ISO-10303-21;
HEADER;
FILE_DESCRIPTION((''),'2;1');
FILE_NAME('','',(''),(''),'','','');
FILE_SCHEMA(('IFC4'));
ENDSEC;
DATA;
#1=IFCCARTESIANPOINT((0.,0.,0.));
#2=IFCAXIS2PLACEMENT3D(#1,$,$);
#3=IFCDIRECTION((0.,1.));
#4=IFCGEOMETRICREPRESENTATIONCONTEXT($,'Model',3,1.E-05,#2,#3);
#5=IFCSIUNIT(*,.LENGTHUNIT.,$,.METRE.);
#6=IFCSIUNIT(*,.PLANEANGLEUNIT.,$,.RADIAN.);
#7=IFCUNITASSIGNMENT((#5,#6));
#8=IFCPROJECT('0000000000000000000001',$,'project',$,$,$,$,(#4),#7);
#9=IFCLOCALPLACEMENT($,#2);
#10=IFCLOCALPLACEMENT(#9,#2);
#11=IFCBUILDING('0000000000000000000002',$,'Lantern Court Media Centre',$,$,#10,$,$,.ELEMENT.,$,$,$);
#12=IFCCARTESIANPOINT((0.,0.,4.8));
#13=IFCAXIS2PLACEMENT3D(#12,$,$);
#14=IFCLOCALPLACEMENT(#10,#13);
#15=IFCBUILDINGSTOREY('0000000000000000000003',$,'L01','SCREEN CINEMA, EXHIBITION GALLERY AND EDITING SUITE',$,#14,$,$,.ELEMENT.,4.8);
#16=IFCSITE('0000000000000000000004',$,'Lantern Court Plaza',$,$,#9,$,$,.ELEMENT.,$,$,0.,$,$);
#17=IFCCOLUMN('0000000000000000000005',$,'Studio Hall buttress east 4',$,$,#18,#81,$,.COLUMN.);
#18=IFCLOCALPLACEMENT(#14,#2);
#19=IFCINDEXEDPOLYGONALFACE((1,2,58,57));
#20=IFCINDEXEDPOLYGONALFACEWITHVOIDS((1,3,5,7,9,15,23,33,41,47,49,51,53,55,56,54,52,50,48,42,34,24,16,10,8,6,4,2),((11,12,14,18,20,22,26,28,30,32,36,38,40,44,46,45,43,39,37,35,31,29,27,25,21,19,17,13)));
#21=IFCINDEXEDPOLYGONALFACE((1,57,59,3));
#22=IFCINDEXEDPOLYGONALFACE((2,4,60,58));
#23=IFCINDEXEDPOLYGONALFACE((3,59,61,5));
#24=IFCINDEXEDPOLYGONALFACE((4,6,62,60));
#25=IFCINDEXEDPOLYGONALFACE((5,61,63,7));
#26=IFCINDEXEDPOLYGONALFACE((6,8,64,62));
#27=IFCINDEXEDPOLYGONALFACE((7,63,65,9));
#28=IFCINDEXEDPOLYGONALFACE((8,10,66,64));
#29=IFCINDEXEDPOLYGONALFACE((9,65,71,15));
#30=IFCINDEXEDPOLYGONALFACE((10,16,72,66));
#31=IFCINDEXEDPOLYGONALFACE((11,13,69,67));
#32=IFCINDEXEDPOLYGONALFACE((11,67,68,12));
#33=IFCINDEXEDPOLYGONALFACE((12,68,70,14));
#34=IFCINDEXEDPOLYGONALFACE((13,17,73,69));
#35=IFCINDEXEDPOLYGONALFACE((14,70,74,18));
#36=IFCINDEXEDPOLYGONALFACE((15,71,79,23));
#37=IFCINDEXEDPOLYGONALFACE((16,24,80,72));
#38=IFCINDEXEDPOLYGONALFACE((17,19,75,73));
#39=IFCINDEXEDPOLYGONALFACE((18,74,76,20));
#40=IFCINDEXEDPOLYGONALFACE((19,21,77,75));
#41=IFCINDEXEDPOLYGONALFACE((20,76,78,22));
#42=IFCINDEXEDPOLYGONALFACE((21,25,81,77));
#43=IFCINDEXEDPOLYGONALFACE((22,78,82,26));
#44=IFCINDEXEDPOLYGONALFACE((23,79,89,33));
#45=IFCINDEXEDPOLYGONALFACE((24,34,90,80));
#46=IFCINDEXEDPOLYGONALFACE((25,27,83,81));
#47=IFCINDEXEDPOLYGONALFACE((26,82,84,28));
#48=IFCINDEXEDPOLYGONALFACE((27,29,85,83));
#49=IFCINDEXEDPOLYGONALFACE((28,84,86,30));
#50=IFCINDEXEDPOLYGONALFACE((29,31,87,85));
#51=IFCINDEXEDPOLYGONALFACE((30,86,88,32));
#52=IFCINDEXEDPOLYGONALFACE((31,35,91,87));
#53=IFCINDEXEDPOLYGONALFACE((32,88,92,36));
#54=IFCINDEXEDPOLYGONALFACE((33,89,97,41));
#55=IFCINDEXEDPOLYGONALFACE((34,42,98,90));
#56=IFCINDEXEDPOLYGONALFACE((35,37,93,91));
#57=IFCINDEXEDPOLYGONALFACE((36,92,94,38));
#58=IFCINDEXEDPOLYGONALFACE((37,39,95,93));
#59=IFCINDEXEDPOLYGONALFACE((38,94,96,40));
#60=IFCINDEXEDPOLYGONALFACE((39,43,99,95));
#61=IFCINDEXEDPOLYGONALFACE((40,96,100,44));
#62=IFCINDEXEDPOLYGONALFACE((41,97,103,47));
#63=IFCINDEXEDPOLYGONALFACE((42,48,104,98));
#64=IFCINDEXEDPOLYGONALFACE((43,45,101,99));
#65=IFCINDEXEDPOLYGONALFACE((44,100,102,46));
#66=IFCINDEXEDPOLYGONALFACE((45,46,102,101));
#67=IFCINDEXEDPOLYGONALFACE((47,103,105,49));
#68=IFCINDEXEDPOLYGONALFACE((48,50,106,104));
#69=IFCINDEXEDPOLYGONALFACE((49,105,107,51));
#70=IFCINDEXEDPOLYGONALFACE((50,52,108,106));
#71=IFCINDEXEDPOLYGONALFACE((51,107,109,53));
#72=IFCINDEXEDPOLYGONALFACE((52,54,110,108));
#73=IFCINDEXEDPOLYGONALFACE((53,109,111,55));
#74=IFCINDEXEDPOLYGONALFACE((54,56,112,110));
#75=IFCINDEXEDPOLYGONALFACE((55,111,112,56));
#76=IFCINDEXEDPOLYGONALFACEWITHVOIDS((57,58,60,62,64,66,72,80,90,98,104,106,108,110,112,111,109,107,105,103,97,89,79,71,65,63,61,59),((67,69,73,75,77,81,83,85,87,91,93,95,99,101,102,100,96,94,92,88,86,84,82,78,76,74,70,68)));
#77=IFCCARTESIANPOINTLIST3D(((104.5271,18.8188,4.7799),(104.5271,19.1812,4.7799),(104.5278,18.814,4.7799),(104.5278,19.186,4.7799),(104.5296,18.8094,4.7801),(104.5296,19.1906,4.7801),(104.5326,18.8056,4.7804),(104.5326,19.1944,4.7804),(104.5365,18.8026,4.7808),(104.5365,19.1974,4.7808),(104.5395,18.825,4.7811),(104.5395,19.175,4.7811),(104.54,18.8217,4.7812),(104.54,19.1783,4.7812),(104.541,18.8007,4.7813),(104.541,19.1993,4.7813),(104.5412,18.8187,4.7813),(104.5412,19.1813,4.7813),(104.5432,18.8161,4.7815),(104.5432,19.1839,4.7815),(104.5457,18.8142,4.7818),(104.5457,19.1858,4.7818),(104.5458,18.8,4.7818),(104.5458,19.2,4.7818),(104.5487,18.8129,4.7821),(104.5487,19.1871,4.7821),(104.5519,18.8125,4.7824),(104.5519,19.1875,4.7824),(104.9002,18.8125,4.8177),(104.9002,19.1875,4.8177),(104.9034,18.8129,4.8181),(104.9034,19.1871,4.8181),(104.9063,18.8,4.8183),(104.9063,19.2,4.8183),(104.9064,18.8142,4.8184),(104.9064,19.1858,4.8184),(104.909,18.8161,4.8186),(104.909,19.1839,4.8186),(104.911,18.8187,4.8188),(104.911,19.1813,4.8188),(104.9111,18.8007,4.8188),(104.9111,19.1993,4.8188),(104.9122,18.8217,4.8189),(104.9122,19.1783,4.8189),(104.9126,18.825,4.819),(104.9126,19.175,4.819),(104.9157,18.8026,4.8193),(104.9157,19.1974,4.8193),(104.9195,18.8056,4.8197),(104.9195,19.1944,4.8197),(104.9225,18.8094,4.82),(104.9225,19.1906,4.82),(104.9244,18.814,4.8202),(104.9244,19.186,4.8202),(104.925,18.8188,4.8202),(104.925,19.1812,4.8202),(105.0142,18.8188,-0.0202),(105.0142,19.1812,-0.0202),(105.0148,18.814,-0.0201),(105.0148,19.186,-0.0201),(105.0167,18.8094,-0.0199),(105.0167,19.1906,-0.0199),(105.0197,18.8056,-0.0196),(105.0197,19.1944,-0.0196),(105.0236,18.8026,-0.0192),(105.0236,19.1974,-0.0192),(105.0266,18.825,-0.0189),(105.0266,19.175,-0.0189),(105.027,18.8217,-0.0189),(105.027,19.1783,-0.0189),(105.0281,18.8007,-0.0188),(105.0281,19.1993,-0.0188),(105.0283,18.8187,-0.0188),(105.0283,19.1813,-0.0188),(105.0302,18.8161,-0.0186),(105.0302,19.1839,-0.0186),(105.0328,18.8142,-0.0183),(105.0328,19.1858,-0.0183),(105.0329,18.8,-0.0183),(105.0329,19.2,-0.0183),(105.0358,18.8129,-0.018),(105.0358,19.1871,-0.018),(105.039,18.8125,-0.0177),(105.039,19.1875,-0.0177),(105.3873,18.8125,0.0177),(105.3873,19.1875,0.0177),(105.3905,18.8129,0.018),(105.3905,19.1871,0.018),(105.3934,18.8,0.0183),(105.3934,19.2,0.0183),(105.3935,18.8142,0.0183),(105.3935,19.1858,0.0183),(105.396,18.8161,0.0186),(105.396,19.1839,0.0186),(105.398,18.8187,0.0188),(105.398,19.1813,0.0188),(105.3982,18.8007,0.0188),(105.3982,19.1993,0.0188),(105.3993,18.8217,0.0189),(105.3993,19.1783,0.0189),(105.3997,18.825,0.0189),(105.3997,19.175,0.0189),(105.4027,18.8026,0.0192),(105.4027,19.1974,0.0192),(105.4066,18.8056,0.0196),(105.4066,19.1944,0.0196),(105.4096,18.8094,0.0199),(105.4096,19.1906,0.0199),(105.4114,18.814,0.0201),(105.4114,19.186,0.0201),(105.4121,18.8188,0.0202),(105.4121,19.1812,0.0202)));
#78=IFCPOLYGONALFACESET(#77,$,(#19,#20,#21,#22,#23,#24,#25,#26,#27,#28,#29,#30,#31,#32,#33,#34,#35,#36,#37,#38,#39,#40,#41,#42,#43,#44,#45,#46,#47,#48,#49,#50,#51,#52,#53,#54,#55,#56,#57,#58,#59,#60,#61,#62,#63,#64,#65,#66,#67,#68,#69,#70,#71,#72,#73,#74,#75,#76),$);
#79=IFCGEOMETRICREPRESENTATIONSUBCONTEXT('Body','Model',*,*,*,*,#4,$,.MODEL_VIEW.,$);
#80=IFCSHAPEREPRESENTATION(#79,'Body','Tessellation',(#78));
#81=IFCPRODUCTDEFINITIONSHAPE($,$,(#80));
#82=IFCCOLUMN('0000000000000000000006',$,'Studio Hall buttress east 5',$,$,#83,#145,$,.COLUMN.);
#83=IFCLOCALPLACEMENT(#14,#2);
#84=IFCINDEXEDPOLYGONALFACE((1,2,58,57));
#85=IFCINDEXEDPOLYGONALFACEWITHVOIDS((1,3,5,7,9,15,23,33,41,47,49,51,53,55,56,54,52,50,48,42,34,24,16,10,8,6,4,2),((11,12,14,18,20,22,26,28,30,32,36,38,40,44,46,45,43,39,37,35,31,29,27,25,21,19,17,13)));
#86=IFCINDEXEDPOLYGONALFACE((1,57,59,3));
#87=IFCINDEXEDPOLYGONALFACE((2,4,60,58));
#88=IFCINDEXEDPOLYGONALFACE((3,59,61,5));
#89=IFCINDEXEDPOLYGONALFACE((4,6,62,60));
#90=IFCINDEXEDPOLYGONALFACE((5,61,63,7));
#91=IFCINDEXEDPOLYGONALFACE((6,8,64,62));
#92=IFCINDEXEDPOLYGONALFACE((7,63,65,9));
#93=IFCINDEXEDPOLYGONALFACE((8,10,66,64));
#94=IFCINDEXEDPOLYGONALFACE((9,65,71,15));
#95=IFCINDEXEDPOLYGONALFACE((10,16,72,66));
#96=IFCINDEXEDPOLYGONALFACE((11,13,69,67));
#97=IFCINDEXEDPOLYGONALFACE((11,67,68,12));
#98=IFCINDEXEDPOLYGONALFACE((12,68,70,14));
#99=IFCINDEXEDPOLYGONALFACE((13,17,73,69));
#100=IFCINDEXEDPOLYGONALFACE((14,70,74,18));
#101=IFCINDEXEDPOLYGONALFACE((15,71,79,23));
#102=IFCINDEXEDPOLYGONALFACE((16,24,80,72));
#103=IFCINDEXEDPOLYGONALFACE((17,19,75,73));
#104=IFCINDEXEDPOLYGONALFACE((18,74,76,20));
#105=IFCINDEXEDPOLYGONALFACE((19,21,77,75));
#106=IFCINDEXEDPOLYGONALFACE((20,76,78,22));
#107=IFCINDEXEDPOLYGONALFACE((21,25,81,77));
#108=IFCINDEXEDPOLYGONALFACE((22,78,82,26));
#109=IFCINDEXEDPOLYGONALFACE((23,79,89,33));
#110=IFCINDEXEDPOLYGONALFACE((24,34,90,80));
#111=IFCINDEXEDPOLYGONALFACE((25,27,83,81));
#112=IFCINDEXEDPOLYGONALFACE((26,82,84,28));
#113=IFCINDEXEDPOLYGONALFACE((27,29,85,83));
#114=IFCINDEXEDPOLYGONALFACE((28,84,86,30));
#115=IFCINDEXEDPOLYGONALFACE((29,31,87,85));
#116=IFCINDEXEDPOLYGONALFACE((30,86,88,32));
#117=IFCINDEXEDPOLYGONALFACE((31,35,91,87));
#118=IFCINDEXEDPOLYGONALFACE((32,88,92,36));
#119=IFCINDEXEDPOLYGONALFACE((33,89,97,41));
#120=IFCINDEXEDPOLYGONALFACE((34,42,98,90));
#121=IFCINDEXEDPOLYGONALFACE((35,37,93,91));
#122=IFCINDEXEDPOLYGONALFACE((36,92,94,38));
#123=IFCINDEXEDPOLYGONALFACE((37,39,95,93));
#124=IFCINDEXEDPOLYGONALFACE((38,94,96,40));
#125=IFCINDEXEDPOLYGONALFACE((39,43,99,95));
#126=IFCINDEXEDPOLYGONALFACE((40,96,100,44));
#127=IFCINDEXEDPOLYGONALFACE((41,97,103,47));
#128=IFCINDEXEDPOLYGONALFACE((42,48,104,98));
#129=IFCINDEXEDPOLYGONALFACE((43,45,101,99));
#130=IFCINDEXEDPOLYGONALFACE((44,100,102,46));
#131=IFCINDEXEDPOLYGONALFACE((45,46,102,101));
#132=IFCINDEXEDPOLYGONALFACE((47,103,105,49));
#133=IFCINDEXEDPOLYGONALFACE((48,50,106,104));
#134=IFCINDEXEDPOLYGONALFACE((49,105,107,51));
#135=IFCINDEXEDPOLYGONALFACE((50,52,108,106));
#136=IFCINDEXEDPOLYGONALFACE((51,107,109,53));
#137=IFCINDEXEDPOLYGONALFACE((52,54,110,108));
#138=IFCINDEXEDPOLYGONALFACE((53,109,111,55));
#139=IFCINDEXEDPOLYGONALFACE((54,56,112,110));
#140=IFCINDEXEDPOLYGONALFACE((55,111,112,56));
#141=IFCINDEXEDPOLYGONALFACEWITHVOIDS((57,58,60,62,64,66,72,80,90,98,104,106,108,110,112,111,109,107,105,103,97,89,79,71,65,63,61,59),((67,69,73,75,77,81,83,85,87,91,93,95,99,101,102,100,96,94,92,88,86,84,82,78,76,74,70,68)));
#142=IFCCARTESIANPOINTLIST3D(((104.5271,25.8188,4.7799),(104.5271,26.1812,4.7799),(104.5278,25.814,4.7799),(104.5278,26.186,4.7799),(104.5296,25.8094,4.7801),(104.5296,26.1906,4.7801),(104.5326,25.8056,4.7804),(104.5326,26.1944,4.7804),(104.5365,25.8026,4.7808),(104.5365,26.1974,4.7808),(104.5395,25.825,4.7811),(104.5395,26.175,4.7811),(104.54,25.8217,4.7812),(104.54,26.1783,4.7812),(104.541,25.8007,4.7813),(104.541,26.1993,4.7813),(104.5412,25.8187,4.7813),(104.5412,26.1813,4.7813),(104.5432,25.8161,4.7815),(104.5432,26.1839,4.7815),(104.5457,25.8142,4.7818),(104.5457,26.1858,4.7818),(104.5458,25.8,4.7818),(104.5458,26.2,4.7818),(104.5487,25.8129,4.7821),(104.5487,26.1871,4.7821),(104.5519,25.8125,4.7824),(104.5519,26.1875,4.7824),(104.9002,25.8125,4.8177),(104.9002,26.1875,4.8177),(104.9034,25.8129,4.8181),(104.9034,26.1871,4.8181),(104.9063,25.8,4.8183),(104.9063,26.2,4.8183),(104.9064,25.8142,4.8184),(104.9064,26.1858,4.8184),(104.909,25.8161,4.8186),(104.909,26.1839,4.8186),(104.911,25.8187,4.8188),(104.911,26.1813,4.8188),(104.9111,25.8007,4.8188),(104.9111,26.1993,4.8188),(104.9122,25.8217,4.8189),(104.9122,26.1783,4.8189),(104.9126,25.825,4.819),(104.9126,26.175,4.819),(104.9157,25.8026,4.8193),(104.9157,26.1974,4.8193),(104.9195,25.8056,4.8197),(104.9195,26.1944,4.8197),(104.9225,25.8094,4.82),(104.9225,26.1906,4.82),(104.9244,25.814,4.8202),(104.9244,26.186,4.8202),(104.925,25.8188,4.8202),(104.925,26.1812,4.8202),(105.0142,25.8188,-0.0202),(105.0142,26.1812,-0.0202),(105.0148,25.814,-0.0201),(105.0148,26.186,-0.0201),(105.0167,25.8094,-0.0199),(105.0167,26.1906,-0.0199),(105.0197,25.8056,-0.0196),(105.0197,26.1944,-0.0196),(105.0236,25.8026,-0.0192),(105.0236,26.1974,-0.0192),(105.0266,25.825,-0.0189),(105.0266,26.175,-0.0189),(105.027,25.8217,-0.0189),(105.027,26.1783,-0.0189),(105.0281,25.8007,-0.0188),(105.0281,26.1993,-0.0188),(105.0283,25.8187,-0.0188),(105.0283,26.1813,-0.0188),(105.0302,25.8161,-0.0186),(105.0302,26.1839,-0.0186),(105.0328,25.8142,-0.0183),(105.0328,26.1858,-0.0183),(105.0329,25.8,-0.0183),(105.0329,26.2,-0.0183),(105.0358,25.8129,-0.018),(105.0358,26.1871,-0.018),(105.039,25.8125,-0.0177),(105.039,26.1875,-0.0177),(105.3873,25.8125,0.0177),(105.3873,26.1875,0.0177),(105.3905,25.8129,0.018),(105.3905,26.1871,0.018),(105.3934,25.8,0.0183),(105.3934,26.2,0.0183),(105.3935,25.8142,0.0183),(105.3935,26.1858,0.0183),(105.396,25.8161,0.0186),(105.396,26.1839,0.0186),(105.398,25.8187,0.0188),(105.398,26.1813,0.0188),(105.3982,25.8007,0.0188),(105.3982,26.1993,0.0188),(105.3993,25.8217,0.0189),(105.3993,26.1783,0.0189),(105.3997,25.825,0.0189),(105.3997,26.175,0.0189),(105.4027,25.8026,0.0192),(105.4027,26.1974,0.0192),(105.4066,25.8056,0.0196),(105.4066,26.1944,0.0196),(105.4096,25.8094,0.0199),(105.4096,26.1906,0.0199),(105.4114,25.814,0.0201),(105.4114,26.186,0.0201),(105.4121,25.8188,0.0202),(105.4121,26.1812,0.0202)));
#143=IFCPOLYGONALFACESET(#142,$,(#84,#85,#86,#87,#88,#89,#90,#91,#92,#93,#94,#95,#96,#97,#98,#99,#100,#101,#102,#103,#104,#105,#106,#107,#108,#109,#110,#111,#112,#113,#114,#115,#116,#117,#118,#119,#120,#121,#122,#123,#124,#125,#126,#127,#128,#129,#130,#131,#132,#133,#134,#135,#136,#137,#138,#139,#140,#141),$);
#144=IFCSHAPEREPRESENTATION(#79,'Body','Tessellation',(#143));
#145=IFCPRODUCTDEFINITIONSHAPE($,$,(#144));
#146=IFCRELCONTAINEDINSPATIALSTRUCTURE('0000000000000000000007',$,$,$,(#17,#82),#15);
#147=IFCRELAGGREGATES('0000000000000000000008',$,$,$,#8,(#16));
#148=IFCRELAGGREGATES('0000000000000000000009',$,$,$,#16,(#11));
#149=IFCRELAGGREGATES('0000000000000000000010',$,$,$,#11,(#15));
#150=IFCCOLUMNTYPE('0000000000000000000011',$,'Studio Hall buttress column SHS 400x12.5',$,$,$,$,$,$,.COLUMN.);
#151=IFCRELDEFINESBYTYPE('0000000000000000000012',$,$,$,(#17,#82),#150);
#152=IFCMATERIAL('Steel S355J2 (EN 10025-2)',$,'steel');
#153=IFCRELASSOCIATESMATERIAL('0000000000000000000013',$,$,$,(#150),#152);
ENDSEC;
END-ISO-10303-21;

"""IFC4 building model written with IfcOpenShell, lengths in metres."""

from ifc_helpers import new_model, si_unit, direction, frame, origin, origin_2d, place, context, subcontext, project, spatial, hollow_rectangle, extrude, material, material_profile, profile_set, type_object, element, save


model = new_model("IFC4")

# Units and contexts
model_context = context("Model", 3, precision=1e-05, world=origin(), true_north=direction((0.0, 1.0)))
body_context = subcontext(model_context, "Body", "Model", "MODEL_VIEW")
ifc_project = project(units=[si_unit("LENGTHUNIT", "METRE"), si_unit("PLANEANGLEUNIT", "RADIAN")], contexts=[model_context])

# Site, building, storey
site_placement = place(None, origin())
site = spatial("IfcSite", under=ifc_project, at=site_placement, Name="Lantern Court Plaza", CompositionType="ELEMENT", RefElevation=0.0)
building_placement = place(site_placement, origin())
building = spatial("IfcBuilding", under=site, at=building_placement, Name="Lantern Court Media Centre", CompositionType="ELEMENT")
storey_placement = place(building_placement, frame((0.0, 0.0, 4.8)))
storey = spatial("IfcBuildingStorey", under=building, at=storey_placement, Name="L01", Description="SCREEN CINEMA, EXHIBITION GALLERY AND EDITING SUITE", CompositionType="ELEMENT", Elevation=4.8)

# Columns
ifc_material_1 = material(Name="Steel S355J2 (EN 10025-2)", Category="steel")
ifc_material_profile_1 = material_profile(ifc_material_1, hollow_rectangle(XDim=0.3999, YDim=0.3999, WallThickness=0.0125, InnerFilletRadius=0.0125, OuterFilletRadius=0.0188, at=origin_2d()), Name="Studio Hall buttress column SHS 400x12.5")
ifc_profile_set_1 = profile_set([ifc_material_profile_1], Name="Steel S355J2 (EN 10025-2)")
column_type_1 = type_object("IfcColumnType", Name="Studio Hall buttress column SHS 400x12.5", PredefinedType="COLUMN", material=ifc_profile_set_1)
for number, where, z_axis, x_axis, name in (
    (1, (105.2131, 19.0, 0.0), (-0.100952, 0.0, 0.994891), (0.0, -1.0, 0.0), "Studio Hall buttress east 4"),
    (2, (105.2131, 26.0, 0.0), (-0.100952, 0.0, 0.994891), (0.0, -1.0, 0.0), "Studio Hall buttress east 5"),
):
    element("IfcColumn", number, at=place(storey_placement, frame(where, z_axis=z_axis, x_axis=x_axis)), inside=storey, type_object=column_type_1, Name=name, PredefinedType="COLUMN", context=body_context, shape_type="SweptSolid", body=[
        extrude(hollow_rectangle(XDim=0.3999, YDim=0.3999, WallThickness=0.0125, InnerFilletRadius=0.0125, OuterFilletRadius=0.0188, at=origin_2d()), origin(), (0.0, 0.0, 1.0), 4.8247),
    ])

save(model, "model.ifc")
